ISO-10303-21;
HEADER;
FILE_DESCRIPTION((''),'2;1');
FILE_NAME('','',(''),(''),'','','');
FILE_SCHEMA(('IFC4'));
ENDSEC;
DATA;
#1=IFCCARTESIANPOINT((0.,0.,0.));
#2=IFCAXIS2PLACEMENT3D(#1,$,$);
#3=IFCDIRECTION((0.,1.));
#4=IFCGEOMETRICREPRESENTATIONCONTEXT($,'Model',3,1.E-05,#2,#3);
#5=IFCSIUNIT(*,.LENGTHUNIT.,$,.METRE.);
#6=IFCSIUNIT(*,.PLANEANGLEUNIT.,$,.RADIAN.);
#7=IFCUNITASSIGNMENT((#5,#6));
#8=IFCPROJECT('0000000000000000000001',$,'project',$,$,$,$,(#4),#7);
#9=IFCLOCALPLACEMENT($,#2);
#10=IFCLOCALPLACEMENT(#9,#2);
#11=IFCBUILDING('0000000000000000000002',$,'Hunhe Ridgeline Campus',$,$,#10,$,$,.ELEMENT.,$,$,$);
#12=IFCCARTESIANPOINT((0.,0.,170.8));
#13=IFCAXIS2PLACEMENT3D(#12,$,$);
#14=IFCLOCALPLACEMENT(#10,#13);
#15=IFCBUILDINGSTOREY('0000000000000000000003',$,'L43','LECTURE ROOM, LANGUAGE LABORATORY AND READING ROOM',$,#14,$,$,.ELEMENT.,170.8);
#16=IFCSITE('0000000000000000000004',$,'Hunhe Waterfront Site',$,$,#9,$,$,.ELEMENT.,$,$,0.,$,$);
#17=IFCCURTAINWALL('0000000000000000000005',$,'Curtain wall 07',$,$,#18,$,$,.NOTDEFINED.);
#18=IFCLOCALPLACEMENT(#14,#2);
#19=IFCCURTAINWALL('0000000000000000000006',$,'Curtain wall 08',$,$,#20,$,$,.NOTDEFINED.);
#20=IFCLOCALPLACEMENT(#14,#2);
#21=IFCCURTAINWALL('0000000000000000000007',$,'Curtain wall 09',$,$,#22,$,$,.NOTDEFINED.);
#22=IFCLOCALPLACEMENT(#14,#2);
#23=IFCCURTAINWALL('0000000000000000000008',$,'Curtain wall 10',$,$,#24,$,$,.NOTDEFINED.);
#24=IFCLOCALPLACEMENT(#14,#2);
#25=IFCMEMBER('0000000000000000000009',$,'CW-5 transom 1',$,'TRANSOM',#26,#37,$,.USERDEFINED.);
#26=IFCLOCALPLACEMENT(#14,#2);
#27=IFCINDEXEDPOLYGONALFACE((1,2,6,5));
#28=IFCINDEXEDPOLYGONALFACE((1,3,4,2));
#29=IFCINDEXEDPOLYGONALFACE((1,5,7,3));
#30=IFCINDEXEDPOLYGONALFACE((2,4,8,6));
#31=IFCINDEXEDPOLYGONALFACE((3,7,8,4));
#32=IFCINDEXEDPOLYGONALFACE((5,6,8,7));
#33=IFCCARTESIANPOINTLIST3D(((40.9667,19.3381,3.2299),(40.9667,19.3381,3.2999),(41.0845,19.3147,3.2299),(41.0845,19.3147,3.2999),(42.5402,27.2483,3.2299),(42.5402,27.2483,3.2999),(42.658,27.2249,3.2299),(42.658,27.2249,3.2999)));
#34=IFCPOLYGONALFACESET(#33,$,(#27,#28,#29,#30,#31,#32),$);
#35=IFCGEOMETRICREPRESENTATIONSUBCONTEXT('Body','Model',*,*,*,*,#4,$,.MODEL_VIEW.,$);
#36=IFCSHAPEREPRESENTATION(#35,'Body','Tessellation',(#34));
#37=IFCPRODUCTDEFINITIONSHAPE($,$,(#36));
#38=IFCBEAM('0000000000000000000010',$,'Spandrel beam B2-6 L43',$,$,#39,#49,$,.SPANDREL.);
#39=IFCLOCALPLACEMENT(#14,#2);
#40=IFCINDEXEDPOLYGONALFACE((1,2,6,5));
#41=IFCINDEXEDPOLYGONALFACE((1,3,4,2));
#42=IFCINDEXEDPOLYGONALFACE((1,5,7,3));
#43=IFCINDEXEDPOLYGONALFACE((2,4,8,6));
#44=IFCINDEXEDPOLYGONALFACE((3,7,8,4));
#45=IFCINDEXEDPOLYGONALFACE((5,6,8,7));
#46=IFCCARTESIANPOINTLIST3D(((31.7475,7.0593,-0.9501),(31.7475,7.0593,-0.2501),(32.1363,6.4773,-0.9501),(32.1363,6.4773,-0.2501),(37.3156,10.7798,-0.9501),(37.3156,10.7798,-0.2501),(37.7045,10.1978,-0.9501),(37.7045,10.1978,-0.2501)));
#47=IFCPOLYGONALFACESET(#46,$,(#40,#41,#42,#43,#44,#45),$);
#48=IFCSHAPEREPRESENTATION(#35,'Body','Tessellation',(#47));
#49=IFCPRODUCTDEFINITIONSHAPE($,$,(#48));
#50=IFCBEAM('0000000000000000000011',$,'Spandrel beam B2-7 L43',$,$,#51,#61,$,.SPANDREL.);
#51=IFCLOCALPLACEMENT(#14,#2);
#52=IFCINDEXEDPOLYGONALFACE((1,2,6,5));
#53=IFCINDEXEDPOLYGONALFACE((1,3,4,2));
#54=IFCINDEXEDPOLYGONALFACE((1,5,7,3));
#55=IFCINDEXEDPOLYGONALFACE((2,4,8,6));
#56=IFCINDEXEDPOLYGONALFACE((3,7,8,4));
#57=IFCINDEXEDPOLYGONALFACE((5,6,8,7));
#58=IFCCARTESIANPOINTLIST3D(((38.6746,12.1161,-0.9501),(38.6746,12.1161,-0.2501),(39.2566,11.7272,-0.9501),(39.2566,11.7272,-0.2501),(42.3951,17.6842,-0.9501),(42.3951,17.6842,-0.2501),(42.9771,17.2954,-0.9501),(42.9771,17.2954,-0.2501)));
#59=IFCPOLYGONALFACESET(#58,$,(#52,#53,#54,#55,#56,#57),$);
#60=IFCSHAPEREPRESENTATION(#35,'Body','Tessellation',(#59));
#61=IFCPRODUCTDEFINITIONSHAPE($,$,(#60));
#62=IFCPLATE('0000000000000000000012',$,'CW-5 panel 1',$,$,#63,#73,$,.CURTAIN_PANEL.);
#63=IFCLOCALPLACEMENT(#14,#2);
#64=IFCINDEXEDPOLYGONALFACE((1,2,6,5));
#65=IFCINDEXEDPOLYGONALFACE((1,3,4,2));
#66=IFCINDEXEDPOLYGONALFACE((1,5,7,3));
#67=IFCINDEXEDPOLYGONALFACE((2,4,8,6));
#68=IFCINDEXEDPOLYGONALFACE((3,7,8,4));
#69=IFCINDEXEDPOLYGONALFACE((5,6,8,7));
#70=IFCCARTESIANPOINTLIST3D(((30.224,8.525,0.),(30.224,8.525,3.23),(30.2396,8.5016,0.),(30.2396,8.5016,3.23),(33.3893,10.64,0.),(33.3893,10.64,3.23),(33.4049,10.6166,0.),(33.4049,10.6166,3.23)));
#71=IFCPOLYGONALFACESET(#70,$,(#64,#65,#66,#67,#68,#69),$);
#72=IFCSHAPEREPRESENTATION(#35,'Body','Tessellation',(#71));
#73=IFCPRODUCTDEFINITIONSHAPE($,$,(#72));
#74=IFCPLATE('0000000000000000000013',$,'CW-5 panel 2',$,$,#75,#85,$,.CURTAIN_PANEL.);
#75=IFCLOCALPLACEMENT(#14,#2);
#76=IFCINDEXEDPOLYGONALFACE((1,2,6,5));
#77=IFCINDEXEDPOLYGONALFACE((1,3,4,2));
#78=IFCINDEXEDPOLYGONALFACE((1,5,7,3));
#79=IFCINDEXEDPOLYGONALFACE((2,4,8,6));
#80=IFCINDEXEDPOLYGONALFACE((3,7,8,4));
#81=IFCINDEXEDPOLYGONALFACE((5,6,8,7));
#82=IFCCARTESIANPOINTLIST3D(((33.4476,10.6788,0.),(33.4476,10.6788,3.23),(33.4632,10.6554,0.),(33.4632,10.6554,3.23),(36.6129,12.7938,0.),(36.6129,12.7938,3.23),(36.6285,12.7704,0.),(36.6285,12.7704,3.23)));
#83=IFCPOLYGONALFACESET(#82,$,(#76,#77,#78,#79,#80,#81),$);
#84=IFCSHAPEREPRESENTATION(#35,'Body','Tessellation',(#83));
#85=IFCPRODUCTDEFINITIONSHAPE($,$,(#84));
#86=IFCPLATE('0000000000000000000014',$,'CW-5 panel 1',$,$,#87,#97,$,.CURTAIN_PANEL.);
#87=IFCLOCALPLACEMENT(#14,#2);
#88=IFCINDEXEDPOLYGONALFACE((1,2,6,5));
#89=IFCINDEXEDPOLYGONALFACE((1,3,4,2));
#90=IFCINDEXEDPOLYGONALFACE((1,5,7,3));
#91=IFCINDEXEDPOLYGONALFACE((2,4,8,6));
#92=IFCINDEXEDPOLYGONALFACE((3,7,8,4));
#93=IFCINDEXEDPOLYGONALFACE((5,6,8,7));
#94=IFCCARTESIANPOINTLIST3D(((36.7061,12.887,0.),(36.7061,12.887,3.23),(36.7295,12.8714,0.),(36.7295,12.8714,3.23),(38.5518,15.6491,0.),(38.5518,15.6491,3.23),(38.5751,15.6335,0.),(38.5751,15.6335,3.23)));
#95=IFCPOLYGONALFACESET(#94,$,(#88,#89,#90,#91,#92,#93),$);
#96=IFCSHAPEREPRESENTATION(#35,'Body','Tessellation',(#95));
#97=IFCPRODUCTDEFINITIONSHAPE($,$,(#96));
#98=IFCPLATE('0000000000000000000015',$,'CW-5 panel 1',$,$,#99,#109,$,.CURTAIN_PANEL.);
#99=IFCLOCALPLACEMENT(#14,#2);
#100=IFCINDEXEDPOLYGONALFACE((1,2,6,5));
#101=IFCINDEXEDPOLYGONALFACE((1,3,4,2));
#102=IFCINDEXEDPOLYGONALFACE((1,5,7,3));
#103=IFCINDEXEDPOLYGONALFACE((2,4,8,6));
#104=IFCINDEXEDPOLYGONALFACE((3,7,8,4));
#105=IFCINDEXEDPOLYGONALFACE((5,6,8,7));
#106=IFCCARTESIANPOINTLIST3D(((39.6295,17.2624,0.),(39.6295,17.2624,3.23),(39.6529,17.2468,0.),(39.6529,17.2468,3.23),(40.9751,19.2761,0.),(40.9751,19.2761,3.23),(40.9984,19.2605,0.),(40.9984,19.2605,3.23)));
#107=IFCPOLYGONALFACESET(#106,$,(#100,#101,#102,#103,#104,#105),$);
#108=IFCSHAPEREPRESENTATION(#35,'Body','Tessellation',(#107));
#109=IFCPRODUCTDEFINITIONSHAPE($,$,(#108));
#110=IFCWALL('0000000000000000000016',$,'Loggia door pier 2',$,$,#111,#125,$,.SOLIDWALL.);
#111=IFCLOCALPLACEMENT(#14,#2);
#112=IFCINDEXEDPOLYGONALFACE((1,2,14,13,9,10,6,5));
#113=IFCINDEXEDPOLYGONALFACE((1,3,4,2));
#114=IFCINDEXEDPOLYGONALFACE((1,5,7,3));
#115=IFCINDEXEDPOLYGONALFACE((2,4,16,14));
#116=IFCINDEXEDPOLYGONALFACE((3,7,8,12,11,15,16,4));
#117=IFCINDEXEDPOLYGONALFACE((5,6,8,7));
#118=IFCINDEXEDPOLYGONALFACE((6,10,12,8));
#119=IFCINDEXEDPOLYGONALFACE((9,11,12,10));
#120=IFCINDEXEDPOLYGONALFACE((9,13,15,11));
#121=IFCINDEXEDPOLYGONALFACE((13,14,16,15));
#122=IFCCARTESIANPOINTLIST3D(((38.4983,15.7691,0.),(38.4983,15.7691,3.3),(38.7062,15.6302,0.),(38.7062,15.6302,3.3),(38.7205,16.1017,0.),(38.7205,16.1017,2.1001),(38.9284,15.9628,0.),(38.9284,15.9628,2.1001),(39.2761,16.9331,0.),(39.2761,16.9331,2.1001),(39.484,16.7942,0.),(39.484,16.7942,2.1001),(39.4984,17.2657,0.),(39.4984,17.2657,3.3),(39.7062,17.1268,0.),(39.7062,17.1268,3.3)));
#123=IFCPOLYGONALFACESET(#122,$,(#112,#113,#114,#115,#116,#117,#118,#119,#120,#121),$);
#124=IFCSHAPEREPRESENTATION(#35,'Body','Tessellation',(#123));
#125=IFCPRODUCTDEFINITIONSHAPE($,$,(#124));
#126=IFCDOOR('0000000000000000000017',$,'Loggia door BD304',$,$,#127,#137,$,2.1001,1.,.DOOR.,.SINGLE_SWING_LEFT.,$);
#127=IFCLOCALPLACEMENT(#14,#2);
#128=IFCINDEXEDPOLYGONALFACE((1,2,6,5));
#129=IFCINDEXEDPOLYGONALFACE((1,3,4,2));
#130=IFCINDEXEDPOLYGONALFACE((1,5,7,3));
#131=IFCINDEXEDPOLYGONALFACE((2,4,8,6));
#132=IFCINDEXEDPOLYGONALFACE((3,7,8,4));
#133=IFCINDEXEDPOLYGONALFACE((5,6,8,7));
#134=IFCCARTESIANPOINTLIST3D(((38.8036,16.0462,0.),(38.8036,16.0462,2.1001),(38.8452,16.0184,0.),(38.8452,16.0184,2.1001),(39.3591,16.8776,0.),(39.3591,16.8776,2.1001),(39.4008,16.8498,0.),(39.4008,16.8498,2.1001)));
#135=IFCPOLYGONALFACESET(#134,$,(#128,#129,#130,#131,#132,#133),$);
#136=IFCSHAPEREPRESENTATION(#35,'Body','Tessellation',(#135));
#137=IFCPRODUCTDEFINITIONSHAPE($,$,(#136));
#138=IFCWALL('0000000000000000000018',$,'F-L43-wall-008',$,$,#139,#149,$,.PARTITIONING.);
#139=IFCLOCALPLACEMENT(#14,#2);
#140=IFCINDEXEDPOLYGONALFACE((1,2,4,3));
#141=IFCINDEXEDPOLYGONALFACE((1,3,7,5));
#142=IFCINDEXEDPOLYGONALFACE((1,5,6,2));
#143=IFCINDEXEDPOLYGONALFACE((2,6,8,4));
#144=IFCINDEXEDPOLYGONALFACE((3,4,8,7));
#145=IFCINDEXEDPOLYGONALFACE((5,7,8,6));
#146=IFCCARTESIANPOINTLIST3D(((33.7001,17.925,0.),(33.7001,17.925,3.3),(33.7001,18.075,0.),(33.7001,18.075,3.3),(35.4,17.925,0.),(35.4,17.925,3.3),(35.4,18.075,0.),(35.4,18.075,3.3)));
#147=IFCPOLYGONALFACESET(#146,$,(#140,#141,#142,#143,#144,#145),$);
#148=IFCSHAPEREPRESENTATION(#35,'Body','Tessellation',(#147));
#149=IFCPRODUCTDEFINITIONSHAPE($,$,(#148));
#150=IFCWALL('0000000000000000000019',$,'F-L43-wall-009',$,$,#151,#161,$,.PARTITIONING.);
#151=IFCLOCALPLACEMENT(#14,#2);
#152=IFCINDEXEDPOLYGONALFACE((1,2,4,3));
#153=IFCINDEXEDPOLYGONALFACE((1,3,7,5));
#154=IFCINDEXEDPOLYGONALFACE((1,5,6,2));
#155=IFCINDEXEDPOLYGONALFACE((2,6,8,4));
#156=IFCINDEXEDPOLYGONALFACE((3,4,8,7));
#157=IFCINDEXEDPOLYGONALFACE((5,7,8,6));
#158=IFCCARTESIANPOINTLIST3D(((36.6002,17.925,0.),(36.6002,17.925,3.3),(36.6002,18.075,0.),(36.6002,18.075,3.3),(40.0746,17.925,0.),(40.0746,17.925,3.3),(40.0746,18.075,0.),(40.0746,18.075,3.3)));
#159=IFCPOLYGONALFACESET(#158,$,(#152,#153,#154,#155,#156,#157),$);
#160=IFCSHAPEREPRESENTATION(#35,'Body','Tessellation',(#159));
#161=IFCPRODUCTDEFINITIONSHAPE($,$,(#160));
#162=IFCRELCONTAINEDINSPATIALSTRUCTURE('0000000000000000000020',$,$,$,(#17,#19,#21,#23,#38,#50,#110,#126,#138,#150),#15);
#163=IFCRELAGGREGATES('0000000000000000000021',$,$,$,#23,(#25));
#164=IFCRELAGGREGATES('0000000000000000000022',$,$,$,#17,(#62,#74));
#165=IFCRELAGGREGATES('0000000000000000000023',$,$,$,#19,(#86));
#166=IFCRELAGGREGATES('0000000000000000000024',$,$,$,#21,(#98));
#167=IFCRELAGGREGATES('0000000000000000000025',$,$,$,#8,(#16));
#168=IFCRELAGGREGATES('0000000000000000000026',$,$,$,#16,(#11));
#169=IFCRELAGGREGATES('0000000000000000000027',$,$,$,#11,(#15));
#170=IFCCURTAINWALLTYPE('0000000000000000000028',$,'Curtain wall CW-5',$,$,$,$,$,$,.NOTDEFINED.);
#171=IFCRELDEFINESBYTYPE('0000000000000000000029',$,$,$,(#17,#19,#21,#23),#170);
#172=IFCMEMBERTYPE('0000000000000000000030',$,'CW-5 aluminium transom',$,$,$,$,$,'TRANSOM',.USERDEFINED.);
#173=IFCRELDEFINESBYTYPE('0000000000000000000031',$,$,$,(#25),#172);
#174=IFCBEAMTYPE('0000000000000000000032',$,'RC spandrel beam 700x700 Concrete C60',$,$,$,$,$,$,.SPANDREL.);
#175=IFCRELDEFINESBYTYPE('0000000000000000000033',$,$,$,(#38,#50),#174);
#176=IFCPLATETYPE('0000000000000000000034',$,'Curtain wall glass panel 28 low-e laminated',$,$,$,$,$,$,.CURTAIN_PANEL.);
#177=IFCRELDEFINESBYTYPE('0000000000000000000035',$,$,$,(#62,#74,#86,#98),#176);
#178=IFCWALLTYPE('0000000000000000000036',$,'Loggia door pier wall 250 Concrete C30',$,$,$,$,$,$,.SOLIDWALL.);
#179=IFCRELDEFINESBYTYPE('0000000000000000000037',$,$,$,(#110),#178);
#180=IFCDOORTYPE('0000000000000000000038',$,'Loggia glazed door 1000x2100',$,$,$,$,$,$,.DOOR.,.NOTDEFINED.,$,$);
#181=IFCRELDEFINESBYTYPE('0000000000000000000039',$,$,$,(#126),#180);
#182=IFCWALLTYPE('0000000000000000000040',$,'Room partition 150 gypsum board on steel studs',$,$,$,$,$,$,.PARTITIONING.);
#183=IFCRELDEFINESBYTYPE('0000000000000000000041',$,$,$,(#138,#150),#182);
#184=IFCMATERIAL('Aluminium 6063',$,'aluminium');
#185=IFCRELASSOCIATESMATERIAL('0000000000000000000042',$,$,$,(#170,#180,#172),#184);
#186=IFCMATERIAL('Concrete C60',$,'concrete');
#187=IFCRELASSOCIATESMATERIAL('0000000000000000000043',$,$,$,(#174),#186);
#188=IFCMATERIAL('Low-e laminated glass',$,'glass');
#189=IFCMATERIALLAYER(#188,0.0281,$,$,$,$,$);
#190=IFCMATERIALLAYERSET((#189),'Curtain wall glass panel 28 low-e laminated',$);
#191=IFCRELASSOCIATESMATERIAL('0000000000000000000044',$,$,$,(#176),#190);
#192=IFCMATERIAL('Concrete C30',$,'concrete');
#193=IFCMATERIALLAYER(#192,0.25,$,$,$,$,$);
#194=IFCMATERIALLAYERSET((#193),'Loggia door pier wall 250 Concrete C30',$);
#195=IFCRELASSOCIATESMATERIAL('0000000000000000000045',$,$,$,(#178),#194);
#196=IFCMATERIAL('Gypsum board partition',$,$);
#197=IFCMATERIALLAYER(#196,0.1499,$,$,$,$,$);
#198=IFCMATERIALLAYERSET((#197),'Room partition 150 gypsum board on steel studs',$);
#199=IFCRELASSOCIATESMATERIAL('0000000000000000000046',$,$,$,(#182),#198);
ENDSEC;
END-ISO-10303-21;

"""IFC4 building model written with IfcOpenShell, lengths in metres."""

from ifc_helpers import new_model, si_unit, direction, frame, frame_2d, origin, origin_2d, place, context, subcontext, project, spatial, rectangle, extrude, material, layer, layer_set, material_profile, profile_set, type_object, element, fill, aggregate, save


model = new_model("IFC4")

# Units and contexts
model_context = context("Model", 3, precision=1e-05, world=origin(), true_north=direction((0.0, 1.0)))
body_context = subcontext(model_context, "Body", "Model", "MODEL_VIEW")
ifc_project = project(units=[si_unit("LENGTHUNIT", "METRE"), si_unit("PLANEANGLEUNIT", "RADIAN")], contexts=[model_context])

# Site, building, storey
site_placement = place(None, origin())
site = spatial("IfcSite", under=ifc_project, at=site_placement, Name="Hunhe Waterfront Site", CompositionType="ELEMENT", RefElevation=0.0)
building_placement = place(site_placement, origin())
building = spatial("IfcBuilding", under=site, at=building_placement, Name="Hunhe Ridgeline Campus", CompositionType="ELEMENT")
storey_placement = place(building_placement, frame((0.0, 0.0, 170.8)))
storey = spatial("IfcBuildingStorey", under=building, at=storey_placement, Name="L43", Description="LECTURE ROOM, LANGUAGE LABORATORY AND READING ROOM", CompositionType="ELEMENT", Elevation=170.8)

# Curtain walls
ifc_material_1 = material(Name="Aluminium 6063", Category="aluminium")
curtain_wall_type = type_object("IfcCurtainWallType", Name="Curtain wall CW-5", PredefinedType="NOTDEFINED", material=ifc_material_1)
curtain_wall_1_placement = place(storey_placement, origin())
curtain_wall_1 = element("IfcCurtainWall", 1, at=curtain_wall_1_placement, inside=storey, type_object=curtain_wall_type, Name="Curtain wall 07", PredefinedType="NOTDEFINED")
curtain_wall_2_placement = place(storey_placement, origin())
curtain_wall_2 = element("IfcCurtainWall", 2, at=curtain_wall_2_placement, inside=storey, type_object=curtain_wall_type, Name="Curtain wall 08", PredefinedType="NOTDEFINED")
curtain_wall_3_placement = place(storey_placement, origin())
curtain_wall_3 = element("IfcCurtainWall", 3, at=curtain_wall_3_placement, inside=storey, type_object=curtain_wall_type, Name="Curtain wall 09", PredefinedType="NOTDEFINED")

# Curtain wall
curtain_wall_4_placement = place(storey_placement, origin())
curtain_wall_4 = element("IfcCurtainWall", 4, at=curtain_wall_4_placement, inside=storey, type_object=curtain_wall_type, Name="Curtain wall 10", PredefinedType="NOTDEFINED")

# Member
ifc_material_profile_1 = material_profile(ifc_material_1, rectangle(XDim=0.1201, YDim=0.0701, at=origin_2d()))
ifc_profile_set_1 = profile_set([ifc_material_profile_1], Name="Aluminium 6063")
member_type_1 = type_object("IfcMemberType", Name="CW-5 aluminium transom", ElementType="TRANSOM", PredefinedType="USERDEFINED", material=ifc_profile_set_1)
member_1_placement = place(storey_placement, frame((41.0256, 19.3264, 3.2649), z_axis=(0.195097, 0.980784, 0.0), x_axis=(-0.980784, 0.195097, 0.0)))
member_1 = element("IfcMember", 5, at=member_1_placement, type_object=member_type_1, Name="CW-5 transom 1", ObjectType="TRANSOM", PredefinedType="USERDEFINED", context=body_context, shape_type="SweptSolid", body=[
    extrude(rectangle(XDim=0.1201, YDim=0.0701, at=origin_2d()), origin(), (0.0, 0.0, 1.0), 8.0652),
])
aggregate(curtain_wall_4, [member_1])

# Beams
ifc_material_2 = material(Name="Concrete C60", Category="concrete")
ifc_material_profile_2 = material_profile(ifc_material_2, rectangle(XDim=0.7, YDim=0.7, at=origin_2d()))
ifc_profile_set_2 = profile_set([ifc_material_profile_2], Name="Concrete C60")
beam_type = type_object("IfcBeamType", Name="RC spandrel beam 700x700 Concrete C60", PredefinedType="SPANDREL", material=ifc_profile_set_2)
for number, where, z_axis, x_axis, name in (
    (6, (31.9419, 6.7683, -0.6001), (0.831472, 0.555566, 0.0), (-0.555566, 0.831472, 0.0), "Spandrel beam B2-6 L43"),
    (7, (38.9656, 11.9216, -0.6001), (0.555566, 0.831472, 0.0), (-0.831472, 0.555566, 0.0), "Spandrel beam B2-7 L43"),
):
    element("IfcBeam", number, at=place(storey_placement, frame(where, z_axis=z_axis, x_axis=x_axis)), inside=storey, type_object=beam_type, Name=name, PredefinedType="SPANDREL", context=body_context, shape_type="SweptSolid", body=[
        extrude(rectangle(XDim=0.7, YDim=0.7, at=origin_2d()), origin(), (0.0, 0.0, 1.0), 6.6968),
    ])

# Plates
ifc_material_3 = material(Name="Low-e laminated glass", Category="glass")
ifc_layer_1 = layer(ifc_material_3, 0.0281)
ifc_layer_set_1 = layer_set([ifc_layer_1], Name="Curtain wall glass panel 28 low-e laminated")
plate_type = type_object("IfcPlateType", Name="Curtain wall glass panel 28 low-e laminated", PredefinedType="CURTAIN_PANEL", material=ifc_layer_set_1)
plate_1_placement = place(storey_placement, frame((31.8145, 9.5708, 0.0), z_axis=(0.0, 0.0, 1.0), x_axis=(0.83147, 0.55557, 0.0)))
plate_1 = element("IfcPlate", 8, at=plate_1_placement, type_object=plate_type, Name="CW-5 panel 1", PredefinedType="CURTAIN_PANEL", context=body_context, shape_type="SweptSolid", body=[
    extrude(rectangle(XDim=3.8069, YDim=0.0281, at=origin_2d()), origin(), (0.0, 0.0, 1.0), 3.23),
])
plate_2_placement = place(storey_placement, frame((35.0381, 11.7246, 0.0), z_axis=(0.0, 0.0, 1.0), x_axis=(0.83147, 0.55557, 0.0)))
plate_2 = element("IfcPlate", 9, at=plate_2_placement, type_object=plate_type, Name="CW-5 panel 2", PredefinedType="CURTAIN_PANEL", context=body_context, shape_type="SweptSolid", body=[
    extrude(rectangle(XDim=3.8069, YDim=0.0281, at=origin_2d()), origin(), (0.0, 0.0, 1.0), 3.23),
])
aggregate(curtain_wall_1, [plate_1, plate_2])
plate_3_placement = place(storey_placement, frame((37.6406, 14.2603, 0.0), z_axis=(0.0, 0.0, 1.0), x_axis=(0.55557, 0.83147, 0.0)))
plate_3 = element("IfcPlate", 10, at=plate_3_placement, type_object=plate_type, Name="CW-5 panel 1", PredefinedType="CURTAIN_PANEL", context=body_context, shape_type="SweptSolid", body=[
    extrude(rectangle(XDim=3.322, YDim=0.0281, at=origin_2d()), origin(), (0.0, 0.0, 1.0), 3.23),
])
aggregate(curtain_wall_2, [plate_3])
plate_4_placement = place(storey_placement, frame((40.314, 18.2615, 0.0), z_axis=(0.0, 0.0, 1.0), x_axis=(0.55557, 0.83147, 0.0)))
plate_4 = element("IfcPlate", 11, at=plate_4_placement, type_object=plate_type, Name="CW-5 panel 1", PredefinedType="CURTAIN_PANEL", context=body_context, shape_type="SweptSolid", body=[
    extrude(rectangle(XDim=2.4219, YDim=0.0281, at=origin_2d()), origin(), (0.0, 0.0, 1.0), 3.23),
])
aggregate(curtain_wall_3, [plate_4])

# Wall, opening, door
ifc_material_4 = material(Name="Concrete C30", Category="concrete")
ifc_layer_2 = layer(ifc_material_4, 0.25)
ifc_layer_set_2 = layer_set([ifc_layer_2], Name="Loggia door pier wall 250 Concrete C30")
wall_type_1 = type_object("IfcWallType", Name="Loggia door pier wall 250 Concrete C30", PredefinedType="SOLIDWALL", material=ifc_layer_set_2)
wall_1_placement = place(storey_placement, frame((38.6023, 15.6997, 0.0), z_axis=(0.0, 0.0, 1.0), x_axis=(0.555576, 0.831466, 0.0)))
wall_1 = element("IfcWall", 12, at=wall_1_placement, inside=storey, type_object=wall_type_1, Name="Loggia door pier 2", PredefinedType="SOLIDWALL", context=body_context, shape_type="SweptSolid", body=[
    extrude(rectangle(XDim=1.8, YDim=0.25, at=frame_2d((0.8999, 0.0))), origin(), (0.0, 0.0, 1.0), 3.3),
])
opening_placement = place(wall_1_placement, frame((0.3999, 0.0, 0.0)))
opening = element("IfcOpeningElement", 13, at=opening_placement, cuts=wall_1, PredefinedType="OPENING", context=body_context, shape_type="SweptSolid", body=[
    extrude(rectangle(XDim=1.0, YDim=2.1001, at=frame_2d((0.5, 1.05))), frame((0.0, 0.125, 0.0), z_axis=(0.0, -1.0, 0.0), x_axis=(1.0, 0.0, 0.0)), (0.0, 0.0, 1.0), 0.25),
])
door_type = type_object("IfcDoorType", Name="Loggia glazed door 1000x2100", OperationType="NOTDEFINED", PredefinedType="DOOR", material=ifc_material_1)
door_placement = place(opening_placement, frame((1.0, 0.0, 0.0), z_axis=(0.0, 0.0, 1.0), x_axis=(-1.0, 0.0, 0.0)))
door = element("IfcDoor", 14, at=door_placement, inside=storey, type_object=door_type, Name="Loggia door BD304", OperationType="SINGLE_SWING_LEFT", OverallHeight=2.1001, OverallWidth=1.0, PredefinedType="DOOR", context=body_context, shape_type="SweptSolid", body=[
    extrude(rectangle(XDim=1.0, YDim=2.1001, at=frame_2d((0.5, 1.05))), frame((0.0, 0.0249, 0.0), z_axis=(0.0, -1.0, 0.0), x_axis=(1.0, 0.0, 0.0)), (0.0, 0.0, 1.0), 0.05),
])
fill(opening, door)

# Walls
ifc_material_5 = material(Name="Gypsum board partition")
ifc_layer_3 = layer(ifc_material_5, 0.1499)
ifc_layer_set_3 = layer_set([ifc_layer_3], Name="Room partition 150 gypsum board on steel studs")
wall_type_2 = type_object("IfcWallType", Name="Room partition 150 gypsum board on steel studs", PredefinedType="PARTITIONING", material=ifc_layer_set_3)
wall_2_placement = place(storey_placement, frame((33.7, 18.0, 0.0), z_axis=(0.0, 0.0, 1.0), x_axis=(1.0, 0.0, 0.0)))
element("IfcWall", 15, at=wall_2_placement, inside=storey, type_object=wall_type_2, Name="F-L43-wall-008", PredefinedType="PARTITIONING", context=body_context, shape_type="SweptSolid", body=[
    extrude(rectangle(XDim=1.7, YDim=0.1499, at=frame_2d((0.8501, 0.0))), origin(), (0.0, 0.0, 1.0), 3.3),
])
wall_3_placement = place(storey_placement, frame((36.6001, 18.0, 0.0), z_axis=(0.0, 0.0, 1.0), x_axis=(1.0, 0.0, 0.0)))
element("IfcWall", 16, at=wall_3_placement, inside=storey, type_object=wall_type_2, Name="F-L43-wall-009", PredefinedType="PARTITIONING", context=body_context, shape_type="SweptSolid", body=[
    extrude(rectangle(XDim=3.4744, YDim=0.1499, at=frame_2d((1.7373, 0.0))), origin(), (0.0, 0.0, 1.0), 3.3),
])

save(model, "model.ifc")
